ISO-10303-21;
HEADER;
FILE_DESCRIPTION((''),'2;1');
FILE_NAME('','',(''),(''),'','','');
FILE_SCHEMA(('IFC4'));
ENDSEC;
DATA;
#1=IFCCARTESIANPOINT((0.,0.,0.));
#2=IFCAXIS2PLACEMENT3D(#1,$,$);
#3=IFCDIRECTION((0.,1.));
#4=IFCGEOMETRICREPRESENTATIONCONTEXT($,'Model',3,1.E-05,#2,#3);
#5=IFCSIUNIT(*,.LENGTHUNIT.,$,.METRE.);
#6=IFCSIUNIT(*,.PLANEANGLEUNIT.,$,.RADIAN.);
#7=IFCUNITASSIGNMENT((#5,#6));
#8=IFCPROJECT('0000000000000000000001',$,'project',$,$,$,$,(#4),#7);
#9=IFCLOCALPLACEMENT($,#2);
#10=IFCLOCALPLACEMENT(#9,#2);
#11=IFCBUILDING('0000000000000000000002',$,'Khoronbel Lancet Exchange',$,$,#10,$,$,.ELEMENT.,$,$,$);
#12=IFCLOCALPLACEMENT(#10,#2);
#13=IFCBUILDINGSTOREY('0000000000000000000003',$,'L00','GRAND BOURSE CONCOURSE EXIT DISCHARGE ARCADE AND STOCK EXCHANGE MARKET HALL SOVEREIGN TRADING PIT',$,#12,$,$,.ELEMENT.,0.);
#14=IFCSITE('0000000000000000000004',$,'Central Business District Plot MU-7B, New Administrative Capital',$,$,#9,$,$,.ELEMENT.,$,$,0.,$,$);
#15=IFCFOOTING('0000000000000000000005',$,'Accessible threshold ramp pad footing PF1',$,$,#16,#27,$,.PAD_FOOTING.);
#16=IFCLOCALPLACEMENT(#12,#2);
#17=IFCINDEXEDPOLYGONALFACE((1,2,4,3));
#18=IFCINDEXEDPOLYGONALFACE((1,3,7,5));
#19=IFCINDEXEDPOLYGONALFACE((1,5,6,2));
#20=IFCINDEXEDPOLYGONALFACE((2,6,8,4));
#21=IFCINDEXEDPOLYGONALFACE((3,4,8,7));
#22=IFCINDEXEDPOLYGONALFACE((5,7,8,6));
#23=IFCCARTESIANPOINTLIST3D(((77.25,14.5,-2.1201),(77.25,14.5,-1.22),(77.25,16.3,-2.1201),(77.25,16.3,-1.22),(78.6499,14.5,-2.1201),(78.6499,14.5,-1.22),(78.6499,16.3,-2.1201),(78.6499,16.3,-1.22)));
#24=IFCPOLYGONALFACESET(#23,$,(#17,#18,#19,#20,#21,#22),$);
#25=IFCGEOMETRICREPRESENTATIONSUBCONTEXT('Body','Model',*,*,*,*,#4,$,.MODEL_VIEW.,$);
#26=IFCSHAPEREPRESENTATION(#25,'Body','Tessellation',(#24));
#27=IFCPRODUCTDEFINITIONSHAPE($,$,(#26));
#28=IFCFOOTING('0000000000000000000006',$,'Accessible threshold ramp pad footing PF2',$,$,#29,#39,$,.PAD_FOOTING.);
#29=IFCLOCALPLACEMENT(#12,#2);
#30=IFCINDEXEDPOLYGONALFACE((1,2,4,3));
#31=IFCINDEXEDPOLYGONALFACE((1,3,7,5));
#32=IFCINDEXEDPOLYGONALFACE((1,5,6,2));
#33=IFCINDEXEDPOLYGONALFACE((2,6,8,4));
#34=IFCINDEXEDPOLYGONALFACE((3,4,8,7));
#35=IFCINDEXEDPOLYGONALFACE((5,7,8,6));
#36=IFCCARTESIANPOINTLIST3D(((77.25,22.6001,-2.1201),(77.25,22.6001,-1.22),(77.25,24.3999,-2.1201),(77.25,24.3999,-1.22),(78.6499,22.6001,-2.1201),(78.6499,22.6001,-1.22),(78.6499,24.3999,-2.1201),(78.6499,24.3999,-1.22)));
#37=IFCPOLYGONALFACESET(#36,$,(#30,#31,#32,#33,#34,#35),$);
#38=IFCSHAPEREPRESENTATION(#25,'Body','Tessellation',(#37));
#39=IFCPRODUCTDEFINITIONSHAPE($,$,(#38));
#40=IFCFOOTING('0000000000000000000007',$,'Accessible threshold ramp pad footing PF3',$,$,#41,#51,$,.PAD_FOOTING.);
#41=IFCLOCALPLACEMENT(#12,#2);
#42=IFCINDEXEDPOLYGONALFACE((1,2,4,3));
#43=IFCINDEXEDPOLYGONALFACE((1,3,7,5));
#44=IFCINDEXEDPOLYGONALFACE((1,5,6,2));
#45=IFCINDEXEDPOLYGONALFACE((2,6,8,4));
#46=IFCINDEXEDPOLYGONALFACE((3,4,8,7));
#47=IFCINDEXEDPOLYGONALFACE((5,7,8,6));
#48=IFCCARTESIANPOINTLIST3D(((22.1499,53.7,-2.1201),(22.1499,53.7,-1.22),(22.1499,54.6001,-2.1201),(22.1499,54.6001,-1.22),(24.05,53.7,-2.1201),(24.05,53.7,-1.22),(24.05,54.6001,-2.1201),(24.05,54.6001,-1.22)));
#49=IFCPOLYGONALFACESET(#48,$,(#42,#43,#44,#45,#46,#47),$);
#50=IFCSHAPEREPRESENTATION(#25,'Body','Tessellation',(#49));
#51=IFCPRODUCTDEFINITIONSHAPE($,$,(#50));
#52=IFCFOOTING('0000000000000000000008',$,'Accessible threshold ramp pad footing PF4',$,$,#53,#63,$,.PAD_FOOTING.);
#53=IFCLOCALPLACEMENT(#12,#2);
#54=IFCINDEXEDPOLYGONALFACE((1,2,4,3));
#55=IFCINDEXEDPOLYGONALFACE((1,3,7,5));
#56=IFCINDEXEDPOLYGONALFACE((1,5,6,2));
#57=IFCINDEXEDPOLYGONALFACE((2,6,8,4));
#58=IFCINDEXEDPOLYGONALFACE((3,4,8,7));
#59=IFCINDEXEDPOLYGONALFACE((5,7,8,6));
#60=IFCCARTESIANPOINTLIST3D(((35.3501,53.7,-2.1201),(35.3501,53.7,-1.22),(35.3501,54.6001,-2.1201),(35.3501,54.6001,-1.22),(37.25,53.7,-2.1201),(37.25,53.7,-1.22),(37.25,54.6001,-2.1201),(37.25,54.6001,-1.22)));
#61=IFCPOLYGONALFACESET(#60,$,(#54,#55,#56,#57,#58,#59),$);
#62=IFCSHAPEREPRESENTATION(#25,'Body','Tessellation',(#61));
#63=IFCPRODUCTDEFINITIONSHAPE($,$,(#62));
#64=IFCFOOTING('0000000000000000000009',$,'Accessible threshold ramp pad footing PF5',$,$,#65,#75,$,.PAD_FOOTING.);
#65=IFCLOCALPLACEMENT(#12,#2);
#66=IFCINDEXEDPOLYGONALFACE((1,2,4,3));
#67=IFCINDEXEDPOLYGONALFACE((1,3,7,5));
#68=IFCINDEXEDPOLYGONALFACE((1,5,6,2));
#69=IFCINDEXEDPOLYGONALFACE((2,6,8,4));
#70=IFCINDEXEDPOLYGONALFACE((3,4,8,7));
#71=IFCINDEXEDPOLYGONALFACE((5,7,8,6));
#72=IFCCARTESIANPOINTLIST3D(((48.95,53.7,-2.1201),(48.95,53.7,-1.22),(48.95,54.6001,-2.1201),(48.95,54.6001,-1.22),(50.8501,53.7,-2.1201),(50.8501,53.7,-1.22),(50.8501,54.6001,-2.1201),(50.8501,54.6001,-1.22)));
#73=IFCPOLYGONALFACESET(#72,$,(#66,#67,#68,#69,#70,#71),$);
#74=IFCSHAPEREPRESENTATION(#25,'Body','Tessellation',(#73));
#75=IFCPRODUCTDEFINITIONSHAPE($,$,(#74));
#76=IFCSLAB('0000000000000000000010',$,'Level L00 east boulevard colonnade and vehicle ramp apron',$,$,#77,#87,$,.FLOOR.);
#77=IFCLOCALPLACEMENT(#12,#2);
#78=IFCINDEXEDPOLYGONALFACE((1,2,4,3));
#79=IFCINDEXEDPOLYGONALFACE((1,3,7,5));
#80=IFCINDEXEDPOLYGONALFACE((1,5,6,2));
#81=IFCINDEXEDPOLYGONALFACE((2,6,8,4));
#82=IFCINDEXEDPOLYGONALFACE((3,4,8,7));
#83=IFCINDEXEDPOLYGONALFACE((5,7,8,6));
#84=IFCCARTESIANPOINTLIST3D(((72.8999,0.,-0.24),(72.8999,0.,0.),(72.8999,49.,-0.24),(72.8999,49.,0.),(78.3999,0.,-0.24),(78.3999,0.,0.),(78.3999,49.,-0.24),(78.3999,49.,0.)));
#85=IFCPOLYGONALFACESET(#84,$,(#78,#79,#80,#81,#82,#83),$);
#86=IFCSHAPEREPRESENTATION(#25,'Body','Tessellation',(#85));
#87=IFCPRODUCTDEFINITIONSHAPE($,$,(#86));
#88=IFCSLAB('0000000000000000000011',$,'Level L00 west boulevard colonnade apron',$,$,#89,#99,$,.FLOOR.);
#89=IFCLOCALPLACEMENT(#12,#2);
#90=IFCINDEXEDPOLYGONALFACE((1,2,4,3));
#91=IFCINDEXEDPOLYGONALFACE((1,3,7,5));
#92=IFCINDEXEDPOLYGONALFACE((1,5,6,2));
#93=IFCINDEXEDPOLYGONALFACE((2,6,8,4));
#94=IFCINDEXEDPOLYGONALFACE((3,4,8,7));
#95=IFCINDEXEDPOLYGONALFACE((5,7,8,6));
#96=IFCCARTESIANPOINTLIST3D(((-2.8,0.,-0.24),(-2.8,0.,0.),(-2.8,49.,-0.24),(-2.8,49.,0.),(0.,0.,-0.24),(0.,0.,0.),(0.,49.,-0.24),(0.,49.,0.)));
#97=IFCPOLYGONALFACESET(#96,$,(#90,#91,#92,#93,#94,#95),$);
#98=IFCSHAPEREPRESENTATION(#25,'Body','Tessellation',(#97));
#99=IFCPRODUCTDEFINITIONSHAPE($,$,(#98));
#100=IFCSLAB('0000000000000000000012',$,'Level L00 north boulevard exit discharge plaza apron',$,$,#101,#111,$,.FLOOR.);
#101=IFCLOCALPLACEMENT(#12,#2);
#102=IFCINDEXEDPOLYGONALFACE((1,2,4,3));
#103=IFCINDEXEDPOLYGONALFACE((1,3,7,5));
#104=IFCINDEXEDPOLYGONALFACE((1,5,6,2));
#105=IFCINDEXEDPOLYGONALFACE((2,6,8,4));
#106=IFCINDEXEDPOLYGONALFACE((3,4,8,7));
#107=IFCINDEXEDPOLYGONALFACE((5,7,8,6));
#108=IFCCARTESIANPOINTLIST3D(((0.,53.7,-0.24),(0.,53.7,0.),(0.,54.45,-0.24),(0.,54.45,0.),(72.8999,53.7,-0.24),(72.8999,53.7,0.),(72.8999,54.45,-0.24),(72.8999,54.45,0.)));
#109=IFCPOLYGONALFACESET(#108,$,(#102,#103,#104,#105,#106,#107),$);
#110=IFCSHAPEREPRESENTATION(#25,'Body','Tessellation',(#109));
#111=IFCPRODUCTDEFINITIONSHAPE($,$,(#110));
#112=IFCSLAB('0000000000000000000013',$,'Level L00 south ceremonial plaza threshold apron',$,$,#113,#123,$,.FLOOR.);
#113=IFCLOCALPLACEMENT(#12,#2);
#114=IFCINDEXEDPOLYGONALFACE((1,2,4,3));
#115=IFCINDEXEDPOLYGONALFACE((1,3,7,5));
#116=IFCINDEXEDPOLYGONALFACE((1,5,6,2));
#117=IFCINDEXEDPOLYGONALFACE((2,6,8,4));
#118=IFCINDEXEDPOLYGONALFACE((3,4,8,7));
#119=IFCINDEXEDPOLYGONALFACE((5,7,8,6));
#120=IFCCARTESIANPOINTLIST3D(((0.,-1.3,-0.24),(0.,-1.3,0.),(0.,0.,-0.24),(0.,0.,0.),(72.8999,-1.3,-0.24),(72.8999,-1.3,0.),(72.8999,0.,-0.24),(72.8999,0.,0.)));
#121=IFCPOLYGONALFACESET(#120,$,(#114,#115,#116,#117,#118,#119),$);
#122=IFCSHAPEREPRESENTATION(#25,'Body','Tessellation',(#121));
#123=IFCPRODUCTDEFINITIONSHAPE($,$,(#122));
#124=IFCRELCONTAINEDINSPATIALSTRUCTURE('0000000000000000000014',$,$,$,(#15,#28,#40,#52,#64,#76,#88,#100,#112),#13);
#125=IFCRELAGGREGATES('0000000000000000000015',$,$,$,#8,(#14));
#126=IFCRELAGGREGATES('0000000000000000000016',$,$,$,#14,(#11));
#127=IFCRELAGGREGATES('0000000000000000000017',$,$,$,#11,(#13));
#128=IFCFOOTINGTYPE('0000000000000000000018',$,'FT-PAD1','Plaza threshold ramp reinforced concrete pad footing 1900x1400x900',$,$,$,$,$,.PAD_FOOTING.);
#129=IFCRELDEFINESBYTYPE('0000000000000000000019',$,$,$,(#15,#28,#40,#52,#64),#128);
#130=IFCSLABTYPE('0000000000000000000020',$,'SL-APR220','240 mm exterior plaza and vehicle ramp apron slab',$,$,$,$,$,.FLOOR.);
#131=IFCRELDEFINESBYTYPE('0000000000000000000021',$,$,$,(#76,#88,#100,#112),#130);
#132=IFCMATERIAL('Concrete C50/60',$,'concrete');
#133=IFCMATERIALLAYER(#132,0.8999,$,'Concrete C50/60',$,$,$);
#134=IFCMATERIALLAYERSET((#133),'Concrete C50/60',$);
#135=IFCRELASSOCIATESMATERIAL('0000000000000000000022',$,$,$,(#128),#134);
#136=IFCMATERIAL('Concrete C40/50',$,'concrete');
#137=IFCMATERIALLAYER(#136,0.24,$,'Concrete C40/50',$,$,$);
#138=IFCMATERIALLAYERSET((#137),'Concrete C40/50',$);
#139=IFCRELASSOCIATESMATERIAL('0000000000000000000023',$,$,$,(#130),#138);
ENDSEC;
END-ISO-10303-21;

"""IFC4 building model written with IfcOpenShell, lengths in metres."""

from ifc_helpers import new_model, si_unit, direction, frame, origin, place, context, subcontext, project, spatial, polyline, outline, extrude, material, layer, layer_set, type_object, element, save


model = new_model("IFC4")

# Units and contexts
model_context = context("Model", 3, precision=1e-05, world=origin(), true_north=direction((0.0, 1.0)))
body_context = subcontext(model_context, "Body", "Model", "MODEL_VIEW")
ifc_project = project(units=[si_unit("LENGTHUNIT", "METRE"), si_unit("PLANEANGLEUNIT", "RADIAN")], contexts=[model_context])

# Site, building, storey
site_placement = place(None, origin())
site = spatial("IfcSite", under=ifc_project, at=site_placement, Name="Central Business District Plot MU-7B, New Administrative Capital", CompositionType="ELEMENT", RefElevation=0.0)
building_placement = place(site_placement, origin())
building = spatial("IfcBuilding", under=site, at=building_placement, Name="Khoronbel Lancet Exchange", CompositionType="ELEMENT")
storey_placement = place(building_placement, origin())
storey = spatial("IfcBuildingStorey", under=building, at=storey_placement, Name="L00", Description="GRAND BOURSE CONCOURSE EXIT DISCHARGE ARCADE AND STOCK EXCHANGE MARKET HALL SOVEREIGN TRADING PIT", CompositionType="ELEMENT", Elevation=0.0)

# Footings
ifc_material_1 = material(Name="Concrete C50/60", Category="concrete")
ifc_layer_1 = layer(ifc_material_1, 0.8999, Name="Concrete C50/60")
ifc_layer_set_1 = layer_set([ifc_layer_1], Name="Concrete C50/60")
footing_type = type_object("IfcFootingType", Name="FT-PAD1", Description="Plaza threshold ramp reinforced concrete pad footing 1900x1400x900", PredefinedType="PAD_FOOTING", material=ifc_layer_set_1)
footing_1_placement = place(storey_placement, frame((0.0, 0.0, -2.1201)))
element("IfcFooting", 1, at=footing_1_placement, inside=storey, type_object=footing_type, Name="Accessible threshold ramp pad footing PF1", PredefinedType="PAD_FOOTING", context=body_context, shape_type="SweptSolid", body=[
    extrude(outline(polyline([(77.25, 14.5), (78.6499, 14.5), (78.6499, 16.3), (77.25, 16.3), (77.25, 14.5)])), origin(), (0.0, 0.0, 1.0), 0.9001),
])
footing_2_placement = place(storey_placement, frame((0.0, 0.0, -2.1201)))
element("IfcFooting", 2, at=footing_2_placement, inside=storey, type_object=footing_type, Name="Accessible threshold ramp pad footing PF2", PredefinedType="PAD_FOOTING", context=body_context, shape_type="SweptSolid", body=[
    extrude(outline(polyline([(77.25, 22.6001), (78.6499, 22.6001), (78.6499, 24.3999), (77.25, 24.3999), (77.25, 22.6001)])), origin(), (0.0, 0.0, 1.0), 0.9001),
])
footing_3_placement = place(storey_placement, frame((0.0, 0.0, -2.1201)))
element("IfcFooting", 3, at=footing_3_placement, inside=storey, type_object=footing_type, Name="Accessible threshold ramp pad footing PF3", PredefinedType="PAD_FOOTING", context=body_context, shape_type="SweptSolid", body=[
    extrude(outline(polyline([(22.1499, 53.7), (24.05, 53.7), (24.05, 54.6001), (22.1499, 54.6001), (22.1499, 53.7)])), origin(), (0.0, 0.0, 1.0), 0.9001),
])
footing_4_placement = place(storey_placement, frame((0.0, 0.0, -2.1201)))
element("IfcFooting", 4, at=footing_4_placement, inside=storey, type_object=footing_type, Name="Accessible threshold ramp pad footing PF4", PredefinedType="PAD_FOOTING", context=body_context, shape_type="SweptSolid", body=[
    extrude(outline(polyline([(35.3501, 53.7), (37.25, 53.7), (37.25, 54.6001), (35.3501, 54.6001), (35.3501, 53.7)])), origin(), (0.0, 0.0, 1.0), 0.9001),
])
footing_5_placement = place(storey_placement, frame((0.0, 0.0, -2.1201)))
element("IfcFooting", 5, at=footing_5_placement, inside=storey, type_object=footing_type, Name="Accessible threshold ramp pad footing PF5", PredefinedType="PAD_FOOTING", context=body_context, shape_type="SweptSolid", body=[
    extrude(outline(polyline([(48.95, 53.7), (50.8501, 53.7), (50.8501, 54.6001), (48.95, 54.6001), (48.95, 53.7)])), origin(), (0.0, 0.0, 1.0), 0.9001),
])

# Slabs
ifc_material_2 = material(Name="Concrete C40/50", Category="concrete")
ifc_layer_2 = layer(ifc_material_2, 0.24, Name="Concrete C40/50")
ifc_layer_set_2 = layer_set([ifc_layer_2], Name="Concrete C40/50")
slab_type_1 = type_object("IfcSlabType", Name="SL-APR220", Description="240 mm exterior plaza and vehicle ramp apron slab", PredefinedType="FLOOR", material=ifc_layer_set_2)
slab_1_placement = place(storey_placement, frame((0.0, 0.0, -0.24)))
element("IfcSlab", 6, at=slab_1_placement, inside=storey, type_object=slab_type_1, Name="Level L00 east boulevard colonnade and vehicle ramp apron", PredefinedType="FLOOR", context=body_context, shape_type="SweptSolid", body=[
    extrude(outline(polyline([(72.8999, 0.0), (78.3999, 0.0), (78.3999, 49.0), (72.8999, 49.0), (72.8999, 0.0)])), origin(), (0.0, 0.0, 1.0), 0.24),
])
slab_2_placement = place(storey_placement, frame((0.0, 0.0, -0.24)))
element("IfcSlab", 7, at=slab_2_placement, inside=storey, type_object=slab_type_1, Name="Level L00 west boulevard colonnade apron", PredefinedType="FLOOR", context=body_context, shape_type="SweptSolid", body=[
    extrude(outline(polyline([(-2.8, 0.0), (0.0, 0.0), (0.0, 49.0), (-2.8, 49.0), (-2.8, 0.0)])), origin(), (0.0, 0.0, 1.0), 0.24),
])
slab_3_placement = place(storey_placement, frame((0.0, 0.0, -0.24)))
element("IfcSlab", 8, at=slab_3_placement, inside=storey, type_object=slab_type_1, Name="Level L00 north boulevard exit discharge plaza apron", PredefinedType="FLOOR", context=body_context, shape_type="SweptSolid", body=[
    extrude(outline(polyline([(0.0, 53.7), (72.8999, 53.7), (72.8999, 54.45), (0.0, 54.45), (0.0, 53.7)])), origin(), (0.0, 0.0, 1.0), 0.24),
])
slab_4_placement = place(storey_placement, frame((0.0, 0.0, -0.24)))
element("IfcSlab", 9, at=slab_4_placement, inside=storey, type_object=slab_type_1, Name="Level L00 south ceremonial plaza threshold apron", PredefinedType="FLOOR", context=body_context, shape_type="SweptSolid", body=[
    extrude(outline(polyline([(0.0, -1.3), (72.8999, -1.3), (72.8999, 0.0), (0.0, 0.0), (0.0, -1.3)])), origin(), (0.0, 0.0, 1.0), 0.24),
])

save(model, "model.ifc")
